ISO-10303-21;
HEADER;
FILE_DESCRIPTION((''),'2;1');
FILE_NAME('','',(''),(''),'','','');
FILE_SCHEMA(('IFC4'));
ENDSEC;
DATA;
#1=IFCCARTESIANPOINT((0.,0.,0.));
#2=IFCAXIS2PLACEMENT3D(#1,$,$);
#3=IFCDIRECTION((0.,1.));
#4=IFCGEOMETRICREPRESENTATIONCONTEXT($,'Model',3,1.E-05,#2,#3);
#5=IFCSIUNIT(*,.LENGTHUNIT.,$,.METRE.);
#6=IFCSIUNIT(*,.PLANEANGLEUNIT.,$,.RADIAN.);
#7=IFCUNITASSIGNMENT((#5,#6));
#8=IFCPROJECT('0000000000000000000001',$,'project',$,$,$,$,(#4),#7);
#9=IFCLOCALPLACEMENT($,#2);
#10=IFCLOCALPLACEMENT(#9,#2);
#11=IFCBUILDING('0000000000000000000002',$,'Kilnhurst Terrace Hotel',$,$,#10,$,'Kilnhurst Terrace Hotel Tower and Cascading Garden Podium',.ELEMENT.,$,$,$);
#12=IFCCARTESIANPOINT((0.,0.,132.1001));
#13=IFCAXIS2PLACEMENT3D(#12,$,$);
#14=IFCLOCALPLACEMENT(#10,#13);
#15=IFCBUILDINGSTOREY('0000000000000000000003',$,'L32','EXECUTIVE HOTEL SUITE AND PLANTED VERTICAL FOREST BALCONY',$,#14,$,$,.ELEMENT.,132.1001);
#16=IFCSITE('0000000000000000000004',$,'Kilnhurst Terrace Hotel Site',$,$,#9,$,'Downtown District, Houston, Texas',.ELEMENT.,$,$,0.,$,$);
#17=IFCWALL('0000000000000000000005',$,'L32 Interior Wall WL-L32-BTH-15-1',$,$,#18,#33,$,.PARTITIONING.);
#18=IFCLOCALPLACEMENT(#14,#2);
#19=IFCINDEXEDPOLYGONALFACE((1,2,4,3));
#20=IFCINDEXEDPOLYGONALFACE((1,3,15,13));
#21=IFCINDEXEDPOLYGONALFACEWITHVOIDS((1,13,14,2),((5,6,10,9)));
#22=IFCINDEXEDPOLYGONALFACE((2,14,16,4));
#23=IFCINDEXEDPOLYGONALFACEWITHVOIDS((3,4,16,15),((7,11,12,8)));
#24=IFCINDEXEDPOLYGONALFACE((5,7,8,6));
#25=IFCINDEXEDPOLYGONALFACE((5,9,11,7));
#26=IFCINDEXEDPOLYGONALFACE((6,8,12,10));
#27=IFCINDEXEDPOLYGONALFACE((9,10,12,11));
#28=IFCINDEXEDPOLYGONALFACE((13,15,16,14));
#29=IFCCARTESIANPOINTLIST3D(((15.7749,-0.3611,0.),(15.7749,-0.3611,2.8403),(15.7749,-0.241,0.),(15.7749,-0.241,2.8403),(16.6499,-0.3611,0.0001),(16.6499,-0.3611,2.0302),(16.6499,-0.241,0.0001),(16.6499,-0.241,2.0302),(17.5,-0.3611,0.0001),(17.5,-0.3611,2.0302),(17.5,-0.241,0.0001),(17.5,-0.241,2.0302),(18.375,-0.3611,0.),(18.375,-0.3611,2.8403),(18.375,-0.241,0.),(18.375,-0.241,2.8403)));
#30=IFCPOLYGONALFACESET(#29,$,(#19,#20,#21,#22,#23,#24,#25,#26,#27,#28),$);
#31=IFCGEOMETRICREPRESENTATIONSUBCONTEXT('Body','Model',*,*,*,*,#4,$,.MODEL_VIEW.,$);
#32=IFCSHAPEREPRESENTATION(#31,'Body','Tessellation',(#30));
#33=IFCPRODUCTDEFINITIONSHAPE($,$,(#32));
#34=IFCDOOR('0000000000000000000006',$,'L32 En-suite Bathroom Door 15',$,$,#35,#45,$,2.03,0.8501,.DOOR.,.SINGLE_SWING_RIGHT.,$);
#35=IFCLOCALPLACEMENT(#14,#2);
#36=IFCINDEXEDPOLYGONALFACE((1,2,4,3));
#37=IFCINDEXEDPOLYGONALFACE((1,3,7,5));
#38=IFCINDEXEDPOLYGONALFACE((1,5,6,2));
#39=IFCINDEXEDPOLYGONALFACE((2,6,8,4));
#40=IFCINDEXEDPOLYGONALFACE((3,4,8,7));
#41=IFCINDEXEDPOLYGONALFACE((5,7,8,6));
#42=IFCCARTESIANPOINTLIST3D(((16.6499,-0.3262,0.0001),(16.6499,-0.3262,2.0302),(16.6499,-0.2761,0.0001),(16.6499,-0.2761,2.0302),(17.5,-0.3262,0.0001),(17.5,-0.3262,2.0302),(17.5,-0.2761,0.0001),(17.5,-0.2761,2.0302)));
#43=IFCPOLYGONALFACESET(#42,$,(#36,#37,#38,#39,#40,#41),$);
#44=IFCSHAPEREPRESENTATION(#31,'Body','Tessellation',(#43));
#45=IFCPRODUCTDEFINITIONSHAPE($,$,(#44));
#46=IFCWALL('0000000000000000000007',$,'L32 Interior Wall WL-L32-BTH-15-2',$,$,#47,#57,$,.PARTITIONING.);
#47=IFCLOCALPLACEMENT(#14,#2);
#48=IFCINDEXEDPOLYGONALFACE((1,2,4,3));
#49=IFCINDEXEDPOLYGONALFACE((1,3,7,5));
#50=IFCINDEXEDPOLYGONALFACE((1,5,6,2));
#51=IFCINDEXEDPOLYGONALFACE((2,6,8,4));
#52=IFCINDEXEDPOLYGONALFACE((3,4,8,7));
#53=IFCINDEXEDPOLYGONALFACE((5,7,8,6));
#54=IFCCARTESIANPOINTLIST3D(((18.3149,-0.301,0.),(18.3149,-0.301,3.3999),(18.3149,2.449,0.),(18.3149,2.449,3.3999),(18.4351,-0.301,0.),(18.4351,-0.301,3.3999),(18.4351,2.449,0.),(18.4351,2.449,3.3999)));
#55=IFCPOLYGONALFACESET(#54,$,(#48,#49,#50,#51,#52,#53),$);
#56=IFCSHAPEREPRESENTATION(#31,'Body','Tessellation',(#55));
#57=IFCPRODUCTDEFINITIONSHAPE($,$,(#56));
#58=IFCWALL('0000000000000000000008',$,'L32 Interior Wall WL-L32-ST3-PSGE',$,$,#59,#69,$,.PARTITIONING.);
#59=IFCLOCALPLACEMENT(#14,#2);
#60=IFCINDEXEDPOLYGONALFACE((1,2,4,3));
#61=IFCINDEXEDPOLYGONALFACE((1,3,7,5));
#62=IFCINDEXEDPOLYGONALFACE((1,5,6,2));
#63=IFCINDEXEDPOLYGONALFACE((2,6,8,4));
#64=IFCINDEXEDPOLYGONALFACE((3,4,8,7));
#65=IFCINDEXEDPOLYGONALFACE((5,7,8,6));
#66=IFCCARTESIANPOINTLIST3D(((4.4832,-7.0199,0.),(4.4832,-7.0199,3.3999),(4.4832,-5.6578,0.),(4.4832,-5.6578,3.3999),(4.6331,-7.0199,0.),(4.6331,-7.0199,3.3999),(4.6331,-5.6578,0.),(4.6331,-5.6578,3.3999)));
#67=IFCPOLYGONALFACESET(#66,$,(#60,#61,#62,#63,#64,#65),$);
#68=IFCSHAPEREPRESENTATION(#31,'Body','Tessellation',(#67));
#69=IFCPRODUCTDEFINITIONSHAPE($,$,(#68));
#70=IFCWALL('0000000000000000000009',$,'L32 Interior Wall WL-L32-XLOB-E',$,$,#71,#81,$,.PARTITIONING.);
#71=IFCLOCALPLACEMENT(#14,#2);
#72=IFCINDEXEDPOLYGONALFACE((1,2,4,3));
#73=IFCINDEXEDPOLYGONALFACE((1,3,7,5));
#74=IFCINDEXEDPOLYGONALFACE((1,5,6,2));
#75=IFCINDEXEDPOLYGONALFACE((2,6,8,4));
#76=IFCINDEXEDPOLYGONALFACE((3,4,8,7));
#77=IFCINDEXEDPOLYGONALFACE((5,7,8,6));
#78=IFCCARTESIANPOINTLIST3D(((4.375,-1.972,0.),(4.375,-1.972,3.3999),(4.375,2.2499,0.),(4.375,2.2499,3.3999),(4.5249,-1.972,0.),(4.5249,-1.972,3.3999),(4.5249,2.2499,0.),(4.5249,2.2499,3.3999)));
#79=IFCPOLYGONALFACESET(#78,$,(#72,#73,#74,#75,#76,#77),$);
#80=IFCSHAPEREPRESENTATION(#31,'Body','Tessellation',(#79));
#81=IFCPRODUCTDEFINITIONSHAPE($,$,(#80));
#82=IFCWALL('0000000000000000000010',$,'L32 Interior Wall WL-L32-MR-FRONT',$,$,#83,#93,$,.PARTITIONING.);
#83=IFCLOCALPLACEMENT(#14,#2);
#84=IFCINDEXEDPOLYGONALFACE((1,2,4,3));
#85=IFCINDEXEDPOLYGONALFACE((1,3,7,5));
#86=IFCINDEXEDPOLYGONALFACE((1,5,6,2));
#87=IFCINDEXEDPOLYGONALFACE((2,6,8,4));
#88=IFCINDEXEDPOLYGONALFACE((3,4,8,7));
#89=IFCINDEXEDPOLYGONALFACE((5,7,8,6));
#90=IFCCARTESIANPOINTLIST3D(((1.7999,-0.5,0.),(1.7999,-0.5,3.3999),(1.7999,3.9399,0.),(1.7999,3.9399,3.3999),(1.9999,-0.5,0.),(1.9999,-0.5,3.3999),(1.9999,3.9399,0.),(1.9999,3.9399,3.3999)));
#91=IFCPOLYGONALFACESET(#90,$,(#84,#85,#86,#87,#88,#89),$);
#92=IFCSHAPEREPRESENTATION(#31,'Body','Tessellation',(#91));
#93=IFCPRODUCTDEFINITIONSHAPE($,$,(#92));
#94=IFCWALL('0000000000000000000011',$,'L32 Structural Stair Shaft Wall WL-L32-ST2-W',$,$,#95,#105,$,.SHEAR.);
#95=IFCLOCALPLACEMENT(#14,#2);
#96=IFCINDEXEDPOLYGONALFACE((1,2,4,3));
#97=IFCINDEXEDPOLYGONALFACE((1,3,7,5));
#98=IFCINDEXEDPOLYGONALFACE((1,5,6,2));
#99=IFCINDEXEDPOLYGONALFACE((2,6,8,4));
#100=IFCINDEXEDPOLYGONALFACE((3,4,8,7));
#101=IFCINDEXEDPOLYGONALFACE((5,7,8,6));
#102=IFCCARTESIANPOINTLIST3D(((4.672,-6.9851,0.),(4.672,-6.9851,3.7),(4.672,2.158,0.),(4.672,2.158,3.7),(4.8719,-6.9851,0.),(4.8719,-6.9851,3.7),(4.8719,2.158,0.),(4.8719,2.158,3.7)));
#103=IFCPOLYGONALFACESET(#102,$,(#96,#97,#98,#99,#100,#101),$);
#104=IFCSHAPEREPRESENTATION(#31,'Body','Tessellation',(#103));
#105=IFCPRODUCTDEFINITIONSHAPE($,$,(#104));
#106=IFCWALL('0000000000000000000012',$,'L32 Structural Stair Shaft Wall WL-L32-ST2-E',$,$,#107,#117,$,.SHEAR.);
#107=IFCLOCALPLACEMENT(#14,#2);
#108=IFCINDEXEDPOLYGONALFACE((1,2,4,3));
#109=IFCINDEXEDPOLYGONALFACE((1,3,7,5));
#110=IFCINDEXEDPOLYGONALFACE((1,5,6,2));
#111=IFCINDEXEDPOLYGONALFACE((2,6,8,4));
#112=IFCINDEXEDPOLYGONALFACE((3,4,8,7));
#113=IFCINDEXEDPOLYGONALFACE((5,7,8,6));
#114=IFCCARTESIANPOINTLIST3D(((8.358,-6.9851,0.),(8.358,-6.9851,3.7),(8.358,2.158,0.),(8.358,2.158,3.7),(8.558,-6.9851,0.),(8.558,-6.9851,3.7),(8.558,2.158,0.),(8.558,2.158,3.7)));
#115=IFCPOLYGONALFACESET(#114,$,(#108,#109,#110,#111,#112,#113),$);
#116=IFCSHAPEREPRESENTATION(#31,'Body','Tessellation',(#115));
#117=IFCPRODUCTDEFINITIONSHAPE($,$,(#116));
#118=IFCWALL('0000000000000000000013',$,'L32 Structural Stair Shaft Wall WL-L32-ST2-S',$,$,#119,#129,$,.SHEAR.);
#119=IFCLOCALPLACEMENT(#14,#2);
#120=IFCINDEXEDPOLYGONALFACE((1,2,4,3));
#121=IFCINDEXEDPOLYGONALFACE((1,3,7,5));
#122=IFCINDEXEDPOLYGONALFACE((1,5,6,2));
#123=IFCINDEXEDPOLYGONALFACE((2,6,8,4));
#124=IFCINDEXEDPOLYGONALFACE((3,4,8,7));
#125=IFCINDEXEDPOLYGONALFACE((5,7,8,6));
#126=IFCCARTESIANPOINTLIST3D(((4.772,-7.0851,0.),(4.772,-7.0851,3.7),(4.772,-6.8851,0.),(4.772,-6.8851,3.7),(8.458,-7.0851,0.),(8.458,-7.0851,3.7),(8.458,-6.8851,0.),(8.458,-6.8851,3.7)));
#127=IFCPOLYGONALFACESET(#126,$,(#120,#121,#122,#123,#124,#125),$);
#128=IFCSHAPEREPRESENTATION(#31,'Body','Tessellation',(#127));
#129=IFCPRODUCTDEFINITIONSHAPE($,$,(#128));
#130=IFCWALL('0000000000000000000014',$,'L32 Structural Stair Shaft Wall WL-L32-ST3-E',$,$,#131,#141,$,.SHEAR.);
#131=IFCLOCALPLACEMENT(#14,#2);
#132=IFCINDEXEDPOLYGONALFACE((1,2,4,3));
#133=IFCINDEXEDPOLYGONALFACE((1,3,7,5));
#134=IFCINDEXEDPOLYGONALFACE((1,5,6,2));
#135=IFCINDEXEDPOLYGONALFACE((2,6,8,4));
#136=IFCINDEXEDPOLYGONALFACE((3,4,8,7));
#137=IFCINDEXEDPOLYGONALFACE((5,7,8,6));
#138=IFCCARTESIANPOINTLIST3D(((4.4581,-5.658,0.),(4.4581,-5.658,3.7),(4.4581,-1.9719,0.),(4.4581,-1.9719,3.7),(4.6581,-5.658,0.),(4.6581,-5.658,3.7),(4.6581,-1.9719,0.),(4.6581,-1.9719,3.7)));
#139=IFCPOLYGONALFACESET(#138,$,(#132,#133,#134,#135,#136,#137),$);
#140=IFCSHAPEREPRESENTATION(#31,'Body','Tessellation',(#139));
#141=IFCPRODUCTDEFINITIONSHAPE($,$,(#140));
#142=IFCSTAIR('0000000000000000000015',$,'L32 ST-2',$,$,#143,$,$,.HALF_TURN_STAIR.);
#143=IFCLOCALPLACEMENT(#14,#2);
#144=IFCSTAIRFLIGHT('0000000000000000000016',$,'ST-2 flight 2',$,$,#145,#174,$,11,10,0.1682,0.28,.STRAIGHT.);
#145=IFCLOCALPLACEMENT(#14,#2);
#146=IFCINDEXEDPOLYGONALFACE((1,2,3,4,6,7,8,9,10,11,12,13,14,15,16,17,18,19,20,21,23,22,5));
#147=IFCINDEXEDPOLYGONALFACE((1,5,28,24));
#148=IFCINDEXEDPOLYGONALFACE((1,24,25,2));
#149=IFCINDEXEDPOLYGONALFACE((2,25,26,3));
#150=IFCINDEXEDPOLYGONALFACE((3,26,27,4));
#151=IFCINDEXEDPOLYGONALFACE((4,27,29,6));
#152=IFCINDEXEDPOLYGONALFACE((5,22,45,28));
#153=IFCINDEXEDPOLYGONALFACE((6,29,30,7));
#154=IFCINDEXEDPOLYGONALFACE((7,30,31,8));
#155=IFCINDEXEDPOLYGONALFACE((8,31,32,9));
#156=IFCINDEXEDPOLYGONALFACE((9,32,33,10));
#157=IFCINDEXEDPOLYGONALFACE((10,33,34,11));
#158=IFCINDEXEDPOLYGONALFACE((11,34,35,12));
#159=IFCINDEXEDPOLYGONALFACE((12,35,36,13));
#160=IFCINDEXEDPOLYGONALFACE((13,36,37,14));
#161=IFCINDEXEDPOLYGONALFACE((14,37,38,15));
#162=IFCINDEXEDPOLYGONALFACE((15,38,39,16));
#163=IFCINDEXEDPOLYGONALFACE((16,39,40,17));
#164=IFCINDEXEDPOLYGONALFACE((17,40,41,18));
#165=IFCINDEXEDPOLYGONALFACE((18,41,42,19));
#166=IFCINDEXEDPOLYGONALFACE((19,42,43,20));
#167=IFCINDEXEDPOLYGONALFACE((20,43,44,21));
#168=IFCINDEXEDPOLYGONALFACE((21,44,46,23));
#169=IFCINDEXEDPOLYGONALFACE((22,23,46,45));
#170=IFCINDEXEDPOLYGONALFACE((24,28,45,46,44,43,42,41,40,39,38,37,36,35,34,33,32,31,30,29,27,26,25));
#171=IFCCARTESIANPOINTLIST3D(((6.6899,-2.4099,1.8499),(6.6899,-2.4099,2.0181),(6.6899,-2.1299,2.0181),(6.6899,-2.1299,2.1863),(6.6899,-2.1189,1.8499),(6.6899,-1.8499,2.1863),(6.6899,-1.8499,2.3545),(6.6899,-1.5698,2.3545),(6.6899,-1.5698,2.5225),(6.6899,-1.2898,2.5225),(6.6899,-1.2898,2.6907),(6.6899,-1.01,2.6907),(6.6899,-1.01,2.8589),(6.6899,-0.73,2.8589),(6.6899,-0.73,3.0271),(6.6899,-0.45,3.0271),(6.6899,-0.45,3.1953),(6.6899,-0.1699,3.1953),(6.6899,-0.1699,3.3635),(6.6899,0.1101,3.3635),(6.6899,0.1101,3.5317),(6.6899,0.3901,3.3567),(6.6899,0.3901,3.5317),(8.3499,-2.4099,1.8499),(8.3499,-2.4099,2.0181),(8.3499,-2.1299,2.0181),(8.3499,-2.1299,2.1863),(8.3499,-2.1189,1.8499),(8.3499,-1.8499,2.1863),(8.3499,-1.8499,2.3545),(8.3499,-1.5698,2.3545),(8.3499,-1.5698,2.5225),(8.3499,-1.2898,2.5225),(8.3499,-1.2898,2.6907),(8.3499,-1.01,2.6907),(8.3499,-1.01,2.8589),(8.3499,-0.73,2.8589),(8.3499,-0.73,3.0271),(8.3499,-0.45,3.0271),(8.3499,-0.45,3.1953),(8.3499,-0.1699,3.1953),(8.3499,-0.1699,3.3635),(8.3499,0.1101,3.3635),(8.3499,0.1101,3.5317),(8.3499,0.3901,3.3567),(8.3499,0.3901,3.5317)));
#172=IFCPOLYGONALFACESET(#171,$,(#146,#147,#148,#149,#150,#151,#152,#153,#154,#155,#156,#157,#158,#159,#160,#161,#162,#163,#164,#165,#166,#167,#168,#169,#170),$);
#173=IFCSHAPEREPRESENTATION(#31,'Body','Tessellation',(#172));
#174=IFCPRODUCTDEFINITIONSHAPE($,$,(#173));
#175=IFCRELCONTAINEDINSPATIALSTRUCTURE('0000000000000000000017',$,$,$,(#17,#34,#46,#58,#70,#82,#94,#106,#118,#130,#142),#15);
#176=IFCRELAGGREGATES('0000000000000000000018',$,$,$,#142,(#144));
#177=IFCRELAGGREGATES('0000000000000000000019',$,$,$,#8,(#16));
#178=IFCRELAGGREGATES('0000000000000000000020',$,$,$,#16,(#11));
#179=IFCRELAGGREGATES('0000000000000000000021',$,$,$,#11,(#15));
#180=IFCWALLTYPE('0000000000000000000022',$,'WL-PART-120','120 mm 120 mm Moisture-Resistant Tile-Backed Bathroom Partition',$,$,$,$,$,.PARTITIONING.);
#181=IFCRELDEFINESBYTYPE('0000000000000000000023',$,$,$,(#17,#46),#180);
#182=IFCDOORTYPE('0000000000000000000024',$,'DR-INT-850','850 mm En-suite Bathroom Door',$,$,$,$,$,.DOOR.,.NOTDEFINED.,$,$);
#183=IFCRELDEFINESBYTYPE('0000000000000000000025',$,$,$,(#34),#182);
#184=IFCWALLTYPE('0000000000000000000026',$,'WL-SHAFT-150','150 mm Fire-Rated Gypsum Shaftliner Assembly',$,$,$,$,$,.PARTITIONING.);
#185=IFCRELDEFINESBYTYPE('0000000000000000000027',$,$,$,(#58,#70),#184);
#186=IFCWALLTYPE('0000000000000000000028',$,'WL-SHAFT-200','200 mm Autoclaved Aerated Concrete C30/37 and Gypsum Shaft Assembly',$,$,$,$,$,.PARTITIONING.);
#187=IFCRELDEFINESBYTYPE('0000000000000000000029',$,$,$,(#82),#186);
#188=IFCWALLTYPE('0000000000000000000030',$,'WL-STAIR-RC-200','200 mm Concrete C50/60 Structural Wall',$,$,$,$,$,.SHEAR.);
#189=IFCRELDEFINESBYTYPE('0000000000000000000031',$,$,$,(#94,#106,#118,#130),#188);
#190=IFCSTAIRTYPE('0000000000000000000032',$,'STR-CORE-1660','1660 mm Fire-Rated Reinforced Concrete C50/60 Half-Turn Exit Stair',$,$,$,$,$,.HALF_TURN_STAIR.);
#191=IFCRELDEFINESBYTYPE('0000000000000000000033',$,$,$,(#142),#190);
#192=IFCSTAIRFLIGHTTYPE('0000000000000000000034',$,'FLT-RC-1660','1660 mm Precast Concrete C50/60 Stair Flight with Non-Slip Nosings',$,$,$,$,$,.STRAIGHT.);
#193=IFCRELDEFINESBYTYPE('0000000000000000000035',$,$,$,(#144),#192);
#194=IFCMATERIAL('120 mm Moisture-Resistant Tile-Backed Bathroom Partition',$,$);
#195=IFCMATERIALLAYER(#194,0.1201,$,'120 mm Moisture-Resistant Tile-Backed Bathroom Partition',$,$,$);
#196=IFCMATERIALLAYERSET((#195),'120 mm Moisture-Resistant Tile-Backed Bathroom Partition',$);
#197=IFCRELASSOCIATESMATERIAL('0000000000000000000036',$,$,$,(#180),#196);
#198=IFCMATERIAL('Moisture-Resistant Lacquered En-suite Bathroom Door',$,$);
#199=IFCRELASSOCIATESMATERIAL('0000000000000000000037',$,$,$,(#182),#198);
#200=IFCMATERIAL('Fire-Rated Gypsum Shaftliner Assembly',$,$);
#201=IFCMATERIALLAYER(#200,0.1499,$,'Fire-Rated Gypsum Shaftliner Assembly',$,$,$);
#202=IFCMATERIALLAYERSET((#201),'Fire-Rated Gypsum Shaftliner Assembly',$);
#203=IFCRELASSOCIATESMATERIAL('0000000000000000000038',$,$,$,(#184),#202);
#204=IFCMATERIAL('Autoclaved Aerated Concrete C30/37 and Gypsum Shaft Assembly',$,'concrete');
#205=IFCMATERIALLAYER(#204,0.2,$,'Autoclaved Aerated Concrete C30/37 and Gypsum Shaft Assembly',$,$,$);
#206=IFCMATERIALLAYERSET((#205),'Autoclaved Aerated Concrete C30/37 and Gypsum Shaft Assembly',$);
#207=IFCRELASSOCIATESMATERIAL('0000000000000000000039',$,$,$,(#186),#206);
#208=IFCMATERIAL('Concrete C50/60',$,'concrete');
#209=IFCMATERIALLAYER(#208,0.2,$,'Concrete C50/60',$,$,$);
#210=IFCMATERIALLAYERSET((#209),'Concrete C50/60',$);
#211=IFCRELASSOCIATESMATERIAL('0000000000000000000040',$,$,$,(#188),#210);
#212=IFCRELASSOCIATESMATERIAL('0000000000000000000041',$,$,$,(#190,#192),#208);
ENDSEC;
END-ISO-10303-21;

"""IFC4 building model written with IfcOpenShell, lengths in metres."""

from ifc_helpers import new_model, si_unit, direction, frame, frame_2d, origin, place, context, subcontext, project, spatial, polyline, rectangle, outline, extrude, material, layer, layer_set, type_object, element, fill, aggregate, save


model = new_model("IFC4")

# Units and contexts
model_context = context("Model", 3, precision=1e-05, world=origin(), true_north=direction((0.0, 1.0)))
body_context = subcontext(model_context, "Body", "Model", "MODEL_VIEW")
ifc_project = project(units=[si_unit("LENGTHUNIT", "METRE"), si_unit("PLANEANGLEUNIT", "RADIAN")], contexts=[model_context])

# Site, building, storey
site_placement = place(None, origin())
site = spatial("IfcSite", under=ifc_project, at=site_placement, Name="Kilnhurst Terrace Hotel Site", LongName="Downtown District, Houston, Texas", CompositionType="ELEMENT", RefElevation=0.0)
building_placement = place(site_placement, origin())
building = spatial("IfcBuilding", under=site, at=building_placement, Name="Kilnhurst Terrace Hotel", LongName="Kilnhurst Terrace Hotel Tower and Cascading Garden Podium", CompositionType="ELEMENT")
storey_placement = place(building_placement, frame((0.0, 0.0, 132.1001)))
storey = spatial("IfcBuildingStorey", under=building, at=storey_placement, Name="L32", Description="EXECUTIVE HOTEL SUITE AND PLANTED VERTICAL FOREST BALCONY", CompositionType="ELEMENT", Elevation=132.1001)

# Shared definitions
ifc_material_1 = material(Name="Concrete C50/60", Category="concrete")

# Shared definitions
ifc_material_2 = material(Name="120 mm Moisture-Resistant Tile-Backed Bathroom Partition")
ifc_layer_1 = layer(ifc_material_2, 0.1201, Name="120 mm Moisture-Resistant Tile-Backed Bathroom Partition")
ifc_layer_set_1 = layer_set([ifc_layer_1], Name="120 mm Moisture-Resistant Tile-Backed Bathroom Partition")
wall_type_1 = type_object("IfcWallType", Name="WL-PART-120", Description="120 mm 120 mm Moisture-Resistant Tile-Backed Bathroom Partition", PredefinedType="PARTITIONING", material=ifc_layer_set_1)

# Wall, opening, door
wall_1_placement = place(storey_placement, frame((15.7749, -0.301, 0.0), z_axis=(0.0, 0.0, 1.0), x_axis=(1.0, 0.0, 0.0)))
wall_1 = element("IfcWall", 1, at=wall_1_placement, inside=storey, type_object=wall_type_1, Name="L32 Interior Wall WL-L32-BTH-15-1", PredefinedType="PARTITIONING", context=body_context, shape_type="SweptSolid", body=[
    extrude(rectangle(XDim=2.6001, YDim=0.1201, at=frame_2d((1.3, 0.0))), origin(), (0.0, 0.0, 1.0), 2.8403),
])
opening_1_placement = place(wall_1_placement, frame((0.875, 0.0, 0.0)))
opening_1 = element("IfcOpeningElement", 2, at=opening_1_placement, cuts=wall_1, PredefinedType="OPENING", context=body_context, shape_type="SweptSolid", body=[
    extrude(rectangle(XDim=0.8501, YDim=2.03, at=frame_2d((0.425, 1.0151))), frame((0.0, 0.0701, 0.0), z_axis=(0.0, -1.0, 0.0), x_axis=(1.0, 0.0, 0.0)), (0.0, 0.0, 1.0), 0.1401),
])
ifc_material_3 = material(Name="Moisture-Resistant Lacquered En-suite Bathroom Door")
door_type_1 = type_object("IfcDoorType", Name="DR-INT-850", Description="850 mm En-suite Bathroom Door", OperationType="NOTDEFINED", PredefinedType="DOOR", material=ifc_material_3)
door_1_placement = place(opening_1_placement, origin())
door_1 = element("IfcDoor", 3, at=door_1_placement, inside=storey, type_object=door_type_1, Name="L32 En-suite Bathroom Door 15", OperationType="SINGLE_SWING_RIGHT", OverallHeight=2.03, OverallWidth=0.8501, PredefinedType="DOOR", context=body_context, shape_type="SweptSolid", body=[
    extrude(rectangle(XDim=0.8501, YDim=2.03, at=frame_2d((0.425, 1.0151))), frame((0.0, 0.0249, 0.0), z_axis=(0.0, -1.0, 0.0), x_axis=(1.0, 0.0, 0.0)), (0.0, 0.0, 1.0), 0.05),
])
fill(opening_1, door_1)

# Walls
wall_2_placement = place(storey_placement, frame((18.375, -0.301, 0.0), z_axis=(0.0, 0.0, 1.0), x_axis=(0.0, 1.0, 0.0)))
element("IfcWall", 4, at=wall_2_placement, inside=storey, type_object=wall_type_1, Name="L32 Interior Wall WL-L32-BTH-15-2", PredefinedType="PARTITIONING", context=body_context, shape_type="SweptSolid", body=[
    extrude(rectangle(XDim=2.75, YDim=0.1201, at=frame_2d((1.375, 0.0))), origin(), (0.0, 0.0, 1.0), 3.3999),
])
ifc_material_4 = material(Name="Fire-Rated Gypsum Shaftliner Assembly")
ifc_layer_2 = layer(ifc_material_4, 0.1499, Name="Fire-Rated Gypsum Shaftliner Assembly")
ifc_layer_set_2 = layer_set([ifc_layer_2], Name="Fire-Rated Gypsum Shaftliner Assembly")
wall_type_2 = type_object("IfcWallType", Name="WL-SHAFT-150", Description="150 mm Fire-Rated Gypsum Shaftliner Assembly", PredefinedType="PARTITIONING", material=ifc_layer_set_2)
wall_3_placement = place(storey_placement, frame((4.5581, -7.02, 0.0), z_axis=(0.0, 0.0, 1.0), x_axis=(0.0, 1.0, 0.0)))
element("IfcWall", 5, at=wall_3_placement, inside=storey, type_object=wall_type_2, Name="L32 Interior Wall WL-L32-ST3-PSGE", PredefinedType="PARTITIONING", context=body_context, shape_type="SweptSolid", body=[
    extrude(rectangle(XDim=1.3621, YDim=0.1499, at=frame_2d((0.6812, 0.0))), origin(), (0.0, 0.0, 1.0), 3.3999),
])
wall_4_placement = place(storey_placement, frame((4.45, -1.9719, 0.0), z_axis=(0.0, 0.0, 1.0), x_axis=(0.0, 1.0, 0.0)))
element("IfcWall", 6, at=wall_4_placement, inside=storey, type_object=wall_type_2, Name="L32 Interior Wall WL-L32-XLOB-E", PredefinedType="PARTITIONING", context=body_context, shape_type="SweptSolid", body=[
    extrude(rectangle(XDim=4.2219, YDim=0.1499, at=frame_2d((2.1108, 0.0))), origin(), (0.0, 0.0, 1.0), 3.3999),
])
ifc_material_5 = material(Name="Autoclaved Aerated Concrete C30/37 and Gypsum Shaft Assembly", Category="concrete")
ifc_layer_3 = layer(ifc_material_5, 0.2, Name="Autoclaved Aerated Concrete C30/37 and Gypsum Shaft Assembly")
ifc_layer_set_3 = layer_set([ifc_layer_3], Name="Autoclaved Aerated Concrete C30/37 and Gypsum Shaft Assembly")
wall_type_3 = type_object("IfcWallType", Name="WL-SHAFT-200", Description="200 mm Autoclaved Aerated Concrete C30/37 and Gypsum Shaft Assembly", PredefinedType="PARTITIONING", material=ifc_layer_set_3)
wall_5_placement = place(storey_placement, frame((1.8999, -0.5, 0.0), z_axis=(0.0, 0.0, 1.0), x_axis=(0.0, 1.0, 0.0)))
element("IfcWall", 7, at=wall_5_placement, inside=storey, type_object=wall_type_3, Name="L32 Interior Wall WL-L32-MR-FRONT", PredefinedType="PARTITIONING", context=body_context, shape_type="SweptSolid", body=[
    extrude(rectangle(XDim=4.4399, YDim=0.2, at=frame_2d((2.22, 0.0))), origin(), (0.0, 0.0, 1.0), 3.3999),
])
ifc_layer_4 = layer(ifc_material_1, 0.2, Name="Concrete C50/60")
ifc_layer_set_4 = layer_set([ifc_layer_4], Name="Concrete C50/60")
wall_type_4 = type_object("IfcWallType", Name="WL-STAIR-RC-200", Description="200 mm Concrete C50/60 Structural Wall", PredefinedType="SHEAR", material=ifc_layer_set_4)
for number, where, z_axis, x_axis, name in (
    (8, (4.772, -6.9851, 0.0), (0.0, 0.0, 1.0), (0.0, 1.0, 0.0), "L32 Structural Stair Shaft Wall WL-L32-ST2-W"),
    (9, (8.458, -6.9851, 0.0), (0.0, 0.0, 1.0), (0.0, 1.0, 0.0), "L32 Structural Stair Shaft Wall WL-L32-ST2-E"),
):
    element("IfcWall", number, at=place(storey_placement, frame(where, z_axis=z_axis, x_axis=x_axis)), inside=storey, type_object=wall_type_4, Name=name, PredefinedType="SHEAR", context=body_context, shape_type="SweptSolid", body=[
        extrude(rectangle(XDim=9.1431, YDim=0.2, at=frame_2d((4.5715, 0.0))), origin(), (0.0, 0.0, 1.0), 3.7),
    ])
for number, where, z_axis, x_axis, name in (
    (10, (4.772, -6.9851, 0.0), (0.0, 0.0, 1.0), (1.0, 0.0, 0.0), "L32 Structural Stair Shaft Wall WL-L32-ST2-S"),
    (11, (4.5581, -5.658, 0.0), (0.0, 0.0, 1.0), (0.0, 1.0, 0.0), "L32 Structural Stair Shaft Wall WL-L32-ST3-E"),
):
    element("IfcWall", number, at=place(storey_placement, frame(where, z_axis=z_axis, x_axis=x_axis)), inside=storey, type_object=wall_type_4, Name=name, PredefinedType="SHEAR", context=body_context, shape_type="SweptSolid", body=[
        extrude(rectangle(XDim=3.686, YDim=0.2, at=frame_2d((1.843, 0.0))), origin(), (0.0, 0.0, 1.0), 3.7),
    ])

# Stair, stair flight
stair_type = type_object("IfcStairType", Name="STR-CORE-1660", Description="1660 mm Fire-Rated Reinforced Concrete C50/60 Half-Turn Exit Stair", PredefinedType="HALF_TURN_STAIR", material=ifc_material_1)
stair_1_placement = place(storey_placement, origin())
stair_1 = element("IfcStair", 12, at=stair_1_placement, inside=storey, type_object=stair_type, Name="L32 ST-2", PredefinedType="HALF_TURN_STAIR")
stair_flight_type = type_object("IfcStairFlightType", Name="FLT-RC-1660", Description="1660 mm Precast Concrete C50/60 Stair Flight with Non-Slip Nosings", PredefinedType="STRAIGHT", material=ifc_material_1)
stair_flight_1_placement = place(storey_placement, frame((7.52, -2.4099, 1.8499), z_axis=(0.0, 0.0, 1.0), x_axis=(0.0, 1.0, 0.0)))
stair_flight_1 = element("IfcStairFlight", 13, at=stair_flight_1_placement, type_object=stair_flight_type, Name="ST-2 flight 2", NumberOfRisers=11, NumberOfTreads=10, PredefinedType="STRAIGHT", RiserHeight=0.1682, TreadLength=0.28, context=body_context, shape_type="SweptSolid", body=[
    extrude(outline(polyline([(0.0, 0.0), (0.0, 0.1682), (0.28, 0.1682), (0.28, 0.3364), (0.5601, 0.3364), (0.5601, 0.5046), (0.8401, 0.5046), (0.8401, 0.6726), (1.1201, 0.6726), (1.1201, 0.8408), (1.3999, 0.8408), (1.3999, 1.009), (1.6799, 1.009), (1.6799, 1.1772), (1.96, 1.1772), (1.96, 1.3455), (2.24, 1.3455), (2.24, 1.5137), (2.52, 1.5137), (2.52, 1.6819), (2.8, 1.6819), (2.8, 1.8501), (2.8, 1.5068), (0.291, 0.0), (0.0, 0.0)])), frame((0.0, 0.8301, 0.0), z_axis=(0.0, -1.0, 0.0), x_axis=(1.0, 0.0, 0.0)), (0.0, 0.0, 1.0), 1.6599),
])
aggregate(stair_1, [stair_flight_1])

save(model, "model.ifc")
